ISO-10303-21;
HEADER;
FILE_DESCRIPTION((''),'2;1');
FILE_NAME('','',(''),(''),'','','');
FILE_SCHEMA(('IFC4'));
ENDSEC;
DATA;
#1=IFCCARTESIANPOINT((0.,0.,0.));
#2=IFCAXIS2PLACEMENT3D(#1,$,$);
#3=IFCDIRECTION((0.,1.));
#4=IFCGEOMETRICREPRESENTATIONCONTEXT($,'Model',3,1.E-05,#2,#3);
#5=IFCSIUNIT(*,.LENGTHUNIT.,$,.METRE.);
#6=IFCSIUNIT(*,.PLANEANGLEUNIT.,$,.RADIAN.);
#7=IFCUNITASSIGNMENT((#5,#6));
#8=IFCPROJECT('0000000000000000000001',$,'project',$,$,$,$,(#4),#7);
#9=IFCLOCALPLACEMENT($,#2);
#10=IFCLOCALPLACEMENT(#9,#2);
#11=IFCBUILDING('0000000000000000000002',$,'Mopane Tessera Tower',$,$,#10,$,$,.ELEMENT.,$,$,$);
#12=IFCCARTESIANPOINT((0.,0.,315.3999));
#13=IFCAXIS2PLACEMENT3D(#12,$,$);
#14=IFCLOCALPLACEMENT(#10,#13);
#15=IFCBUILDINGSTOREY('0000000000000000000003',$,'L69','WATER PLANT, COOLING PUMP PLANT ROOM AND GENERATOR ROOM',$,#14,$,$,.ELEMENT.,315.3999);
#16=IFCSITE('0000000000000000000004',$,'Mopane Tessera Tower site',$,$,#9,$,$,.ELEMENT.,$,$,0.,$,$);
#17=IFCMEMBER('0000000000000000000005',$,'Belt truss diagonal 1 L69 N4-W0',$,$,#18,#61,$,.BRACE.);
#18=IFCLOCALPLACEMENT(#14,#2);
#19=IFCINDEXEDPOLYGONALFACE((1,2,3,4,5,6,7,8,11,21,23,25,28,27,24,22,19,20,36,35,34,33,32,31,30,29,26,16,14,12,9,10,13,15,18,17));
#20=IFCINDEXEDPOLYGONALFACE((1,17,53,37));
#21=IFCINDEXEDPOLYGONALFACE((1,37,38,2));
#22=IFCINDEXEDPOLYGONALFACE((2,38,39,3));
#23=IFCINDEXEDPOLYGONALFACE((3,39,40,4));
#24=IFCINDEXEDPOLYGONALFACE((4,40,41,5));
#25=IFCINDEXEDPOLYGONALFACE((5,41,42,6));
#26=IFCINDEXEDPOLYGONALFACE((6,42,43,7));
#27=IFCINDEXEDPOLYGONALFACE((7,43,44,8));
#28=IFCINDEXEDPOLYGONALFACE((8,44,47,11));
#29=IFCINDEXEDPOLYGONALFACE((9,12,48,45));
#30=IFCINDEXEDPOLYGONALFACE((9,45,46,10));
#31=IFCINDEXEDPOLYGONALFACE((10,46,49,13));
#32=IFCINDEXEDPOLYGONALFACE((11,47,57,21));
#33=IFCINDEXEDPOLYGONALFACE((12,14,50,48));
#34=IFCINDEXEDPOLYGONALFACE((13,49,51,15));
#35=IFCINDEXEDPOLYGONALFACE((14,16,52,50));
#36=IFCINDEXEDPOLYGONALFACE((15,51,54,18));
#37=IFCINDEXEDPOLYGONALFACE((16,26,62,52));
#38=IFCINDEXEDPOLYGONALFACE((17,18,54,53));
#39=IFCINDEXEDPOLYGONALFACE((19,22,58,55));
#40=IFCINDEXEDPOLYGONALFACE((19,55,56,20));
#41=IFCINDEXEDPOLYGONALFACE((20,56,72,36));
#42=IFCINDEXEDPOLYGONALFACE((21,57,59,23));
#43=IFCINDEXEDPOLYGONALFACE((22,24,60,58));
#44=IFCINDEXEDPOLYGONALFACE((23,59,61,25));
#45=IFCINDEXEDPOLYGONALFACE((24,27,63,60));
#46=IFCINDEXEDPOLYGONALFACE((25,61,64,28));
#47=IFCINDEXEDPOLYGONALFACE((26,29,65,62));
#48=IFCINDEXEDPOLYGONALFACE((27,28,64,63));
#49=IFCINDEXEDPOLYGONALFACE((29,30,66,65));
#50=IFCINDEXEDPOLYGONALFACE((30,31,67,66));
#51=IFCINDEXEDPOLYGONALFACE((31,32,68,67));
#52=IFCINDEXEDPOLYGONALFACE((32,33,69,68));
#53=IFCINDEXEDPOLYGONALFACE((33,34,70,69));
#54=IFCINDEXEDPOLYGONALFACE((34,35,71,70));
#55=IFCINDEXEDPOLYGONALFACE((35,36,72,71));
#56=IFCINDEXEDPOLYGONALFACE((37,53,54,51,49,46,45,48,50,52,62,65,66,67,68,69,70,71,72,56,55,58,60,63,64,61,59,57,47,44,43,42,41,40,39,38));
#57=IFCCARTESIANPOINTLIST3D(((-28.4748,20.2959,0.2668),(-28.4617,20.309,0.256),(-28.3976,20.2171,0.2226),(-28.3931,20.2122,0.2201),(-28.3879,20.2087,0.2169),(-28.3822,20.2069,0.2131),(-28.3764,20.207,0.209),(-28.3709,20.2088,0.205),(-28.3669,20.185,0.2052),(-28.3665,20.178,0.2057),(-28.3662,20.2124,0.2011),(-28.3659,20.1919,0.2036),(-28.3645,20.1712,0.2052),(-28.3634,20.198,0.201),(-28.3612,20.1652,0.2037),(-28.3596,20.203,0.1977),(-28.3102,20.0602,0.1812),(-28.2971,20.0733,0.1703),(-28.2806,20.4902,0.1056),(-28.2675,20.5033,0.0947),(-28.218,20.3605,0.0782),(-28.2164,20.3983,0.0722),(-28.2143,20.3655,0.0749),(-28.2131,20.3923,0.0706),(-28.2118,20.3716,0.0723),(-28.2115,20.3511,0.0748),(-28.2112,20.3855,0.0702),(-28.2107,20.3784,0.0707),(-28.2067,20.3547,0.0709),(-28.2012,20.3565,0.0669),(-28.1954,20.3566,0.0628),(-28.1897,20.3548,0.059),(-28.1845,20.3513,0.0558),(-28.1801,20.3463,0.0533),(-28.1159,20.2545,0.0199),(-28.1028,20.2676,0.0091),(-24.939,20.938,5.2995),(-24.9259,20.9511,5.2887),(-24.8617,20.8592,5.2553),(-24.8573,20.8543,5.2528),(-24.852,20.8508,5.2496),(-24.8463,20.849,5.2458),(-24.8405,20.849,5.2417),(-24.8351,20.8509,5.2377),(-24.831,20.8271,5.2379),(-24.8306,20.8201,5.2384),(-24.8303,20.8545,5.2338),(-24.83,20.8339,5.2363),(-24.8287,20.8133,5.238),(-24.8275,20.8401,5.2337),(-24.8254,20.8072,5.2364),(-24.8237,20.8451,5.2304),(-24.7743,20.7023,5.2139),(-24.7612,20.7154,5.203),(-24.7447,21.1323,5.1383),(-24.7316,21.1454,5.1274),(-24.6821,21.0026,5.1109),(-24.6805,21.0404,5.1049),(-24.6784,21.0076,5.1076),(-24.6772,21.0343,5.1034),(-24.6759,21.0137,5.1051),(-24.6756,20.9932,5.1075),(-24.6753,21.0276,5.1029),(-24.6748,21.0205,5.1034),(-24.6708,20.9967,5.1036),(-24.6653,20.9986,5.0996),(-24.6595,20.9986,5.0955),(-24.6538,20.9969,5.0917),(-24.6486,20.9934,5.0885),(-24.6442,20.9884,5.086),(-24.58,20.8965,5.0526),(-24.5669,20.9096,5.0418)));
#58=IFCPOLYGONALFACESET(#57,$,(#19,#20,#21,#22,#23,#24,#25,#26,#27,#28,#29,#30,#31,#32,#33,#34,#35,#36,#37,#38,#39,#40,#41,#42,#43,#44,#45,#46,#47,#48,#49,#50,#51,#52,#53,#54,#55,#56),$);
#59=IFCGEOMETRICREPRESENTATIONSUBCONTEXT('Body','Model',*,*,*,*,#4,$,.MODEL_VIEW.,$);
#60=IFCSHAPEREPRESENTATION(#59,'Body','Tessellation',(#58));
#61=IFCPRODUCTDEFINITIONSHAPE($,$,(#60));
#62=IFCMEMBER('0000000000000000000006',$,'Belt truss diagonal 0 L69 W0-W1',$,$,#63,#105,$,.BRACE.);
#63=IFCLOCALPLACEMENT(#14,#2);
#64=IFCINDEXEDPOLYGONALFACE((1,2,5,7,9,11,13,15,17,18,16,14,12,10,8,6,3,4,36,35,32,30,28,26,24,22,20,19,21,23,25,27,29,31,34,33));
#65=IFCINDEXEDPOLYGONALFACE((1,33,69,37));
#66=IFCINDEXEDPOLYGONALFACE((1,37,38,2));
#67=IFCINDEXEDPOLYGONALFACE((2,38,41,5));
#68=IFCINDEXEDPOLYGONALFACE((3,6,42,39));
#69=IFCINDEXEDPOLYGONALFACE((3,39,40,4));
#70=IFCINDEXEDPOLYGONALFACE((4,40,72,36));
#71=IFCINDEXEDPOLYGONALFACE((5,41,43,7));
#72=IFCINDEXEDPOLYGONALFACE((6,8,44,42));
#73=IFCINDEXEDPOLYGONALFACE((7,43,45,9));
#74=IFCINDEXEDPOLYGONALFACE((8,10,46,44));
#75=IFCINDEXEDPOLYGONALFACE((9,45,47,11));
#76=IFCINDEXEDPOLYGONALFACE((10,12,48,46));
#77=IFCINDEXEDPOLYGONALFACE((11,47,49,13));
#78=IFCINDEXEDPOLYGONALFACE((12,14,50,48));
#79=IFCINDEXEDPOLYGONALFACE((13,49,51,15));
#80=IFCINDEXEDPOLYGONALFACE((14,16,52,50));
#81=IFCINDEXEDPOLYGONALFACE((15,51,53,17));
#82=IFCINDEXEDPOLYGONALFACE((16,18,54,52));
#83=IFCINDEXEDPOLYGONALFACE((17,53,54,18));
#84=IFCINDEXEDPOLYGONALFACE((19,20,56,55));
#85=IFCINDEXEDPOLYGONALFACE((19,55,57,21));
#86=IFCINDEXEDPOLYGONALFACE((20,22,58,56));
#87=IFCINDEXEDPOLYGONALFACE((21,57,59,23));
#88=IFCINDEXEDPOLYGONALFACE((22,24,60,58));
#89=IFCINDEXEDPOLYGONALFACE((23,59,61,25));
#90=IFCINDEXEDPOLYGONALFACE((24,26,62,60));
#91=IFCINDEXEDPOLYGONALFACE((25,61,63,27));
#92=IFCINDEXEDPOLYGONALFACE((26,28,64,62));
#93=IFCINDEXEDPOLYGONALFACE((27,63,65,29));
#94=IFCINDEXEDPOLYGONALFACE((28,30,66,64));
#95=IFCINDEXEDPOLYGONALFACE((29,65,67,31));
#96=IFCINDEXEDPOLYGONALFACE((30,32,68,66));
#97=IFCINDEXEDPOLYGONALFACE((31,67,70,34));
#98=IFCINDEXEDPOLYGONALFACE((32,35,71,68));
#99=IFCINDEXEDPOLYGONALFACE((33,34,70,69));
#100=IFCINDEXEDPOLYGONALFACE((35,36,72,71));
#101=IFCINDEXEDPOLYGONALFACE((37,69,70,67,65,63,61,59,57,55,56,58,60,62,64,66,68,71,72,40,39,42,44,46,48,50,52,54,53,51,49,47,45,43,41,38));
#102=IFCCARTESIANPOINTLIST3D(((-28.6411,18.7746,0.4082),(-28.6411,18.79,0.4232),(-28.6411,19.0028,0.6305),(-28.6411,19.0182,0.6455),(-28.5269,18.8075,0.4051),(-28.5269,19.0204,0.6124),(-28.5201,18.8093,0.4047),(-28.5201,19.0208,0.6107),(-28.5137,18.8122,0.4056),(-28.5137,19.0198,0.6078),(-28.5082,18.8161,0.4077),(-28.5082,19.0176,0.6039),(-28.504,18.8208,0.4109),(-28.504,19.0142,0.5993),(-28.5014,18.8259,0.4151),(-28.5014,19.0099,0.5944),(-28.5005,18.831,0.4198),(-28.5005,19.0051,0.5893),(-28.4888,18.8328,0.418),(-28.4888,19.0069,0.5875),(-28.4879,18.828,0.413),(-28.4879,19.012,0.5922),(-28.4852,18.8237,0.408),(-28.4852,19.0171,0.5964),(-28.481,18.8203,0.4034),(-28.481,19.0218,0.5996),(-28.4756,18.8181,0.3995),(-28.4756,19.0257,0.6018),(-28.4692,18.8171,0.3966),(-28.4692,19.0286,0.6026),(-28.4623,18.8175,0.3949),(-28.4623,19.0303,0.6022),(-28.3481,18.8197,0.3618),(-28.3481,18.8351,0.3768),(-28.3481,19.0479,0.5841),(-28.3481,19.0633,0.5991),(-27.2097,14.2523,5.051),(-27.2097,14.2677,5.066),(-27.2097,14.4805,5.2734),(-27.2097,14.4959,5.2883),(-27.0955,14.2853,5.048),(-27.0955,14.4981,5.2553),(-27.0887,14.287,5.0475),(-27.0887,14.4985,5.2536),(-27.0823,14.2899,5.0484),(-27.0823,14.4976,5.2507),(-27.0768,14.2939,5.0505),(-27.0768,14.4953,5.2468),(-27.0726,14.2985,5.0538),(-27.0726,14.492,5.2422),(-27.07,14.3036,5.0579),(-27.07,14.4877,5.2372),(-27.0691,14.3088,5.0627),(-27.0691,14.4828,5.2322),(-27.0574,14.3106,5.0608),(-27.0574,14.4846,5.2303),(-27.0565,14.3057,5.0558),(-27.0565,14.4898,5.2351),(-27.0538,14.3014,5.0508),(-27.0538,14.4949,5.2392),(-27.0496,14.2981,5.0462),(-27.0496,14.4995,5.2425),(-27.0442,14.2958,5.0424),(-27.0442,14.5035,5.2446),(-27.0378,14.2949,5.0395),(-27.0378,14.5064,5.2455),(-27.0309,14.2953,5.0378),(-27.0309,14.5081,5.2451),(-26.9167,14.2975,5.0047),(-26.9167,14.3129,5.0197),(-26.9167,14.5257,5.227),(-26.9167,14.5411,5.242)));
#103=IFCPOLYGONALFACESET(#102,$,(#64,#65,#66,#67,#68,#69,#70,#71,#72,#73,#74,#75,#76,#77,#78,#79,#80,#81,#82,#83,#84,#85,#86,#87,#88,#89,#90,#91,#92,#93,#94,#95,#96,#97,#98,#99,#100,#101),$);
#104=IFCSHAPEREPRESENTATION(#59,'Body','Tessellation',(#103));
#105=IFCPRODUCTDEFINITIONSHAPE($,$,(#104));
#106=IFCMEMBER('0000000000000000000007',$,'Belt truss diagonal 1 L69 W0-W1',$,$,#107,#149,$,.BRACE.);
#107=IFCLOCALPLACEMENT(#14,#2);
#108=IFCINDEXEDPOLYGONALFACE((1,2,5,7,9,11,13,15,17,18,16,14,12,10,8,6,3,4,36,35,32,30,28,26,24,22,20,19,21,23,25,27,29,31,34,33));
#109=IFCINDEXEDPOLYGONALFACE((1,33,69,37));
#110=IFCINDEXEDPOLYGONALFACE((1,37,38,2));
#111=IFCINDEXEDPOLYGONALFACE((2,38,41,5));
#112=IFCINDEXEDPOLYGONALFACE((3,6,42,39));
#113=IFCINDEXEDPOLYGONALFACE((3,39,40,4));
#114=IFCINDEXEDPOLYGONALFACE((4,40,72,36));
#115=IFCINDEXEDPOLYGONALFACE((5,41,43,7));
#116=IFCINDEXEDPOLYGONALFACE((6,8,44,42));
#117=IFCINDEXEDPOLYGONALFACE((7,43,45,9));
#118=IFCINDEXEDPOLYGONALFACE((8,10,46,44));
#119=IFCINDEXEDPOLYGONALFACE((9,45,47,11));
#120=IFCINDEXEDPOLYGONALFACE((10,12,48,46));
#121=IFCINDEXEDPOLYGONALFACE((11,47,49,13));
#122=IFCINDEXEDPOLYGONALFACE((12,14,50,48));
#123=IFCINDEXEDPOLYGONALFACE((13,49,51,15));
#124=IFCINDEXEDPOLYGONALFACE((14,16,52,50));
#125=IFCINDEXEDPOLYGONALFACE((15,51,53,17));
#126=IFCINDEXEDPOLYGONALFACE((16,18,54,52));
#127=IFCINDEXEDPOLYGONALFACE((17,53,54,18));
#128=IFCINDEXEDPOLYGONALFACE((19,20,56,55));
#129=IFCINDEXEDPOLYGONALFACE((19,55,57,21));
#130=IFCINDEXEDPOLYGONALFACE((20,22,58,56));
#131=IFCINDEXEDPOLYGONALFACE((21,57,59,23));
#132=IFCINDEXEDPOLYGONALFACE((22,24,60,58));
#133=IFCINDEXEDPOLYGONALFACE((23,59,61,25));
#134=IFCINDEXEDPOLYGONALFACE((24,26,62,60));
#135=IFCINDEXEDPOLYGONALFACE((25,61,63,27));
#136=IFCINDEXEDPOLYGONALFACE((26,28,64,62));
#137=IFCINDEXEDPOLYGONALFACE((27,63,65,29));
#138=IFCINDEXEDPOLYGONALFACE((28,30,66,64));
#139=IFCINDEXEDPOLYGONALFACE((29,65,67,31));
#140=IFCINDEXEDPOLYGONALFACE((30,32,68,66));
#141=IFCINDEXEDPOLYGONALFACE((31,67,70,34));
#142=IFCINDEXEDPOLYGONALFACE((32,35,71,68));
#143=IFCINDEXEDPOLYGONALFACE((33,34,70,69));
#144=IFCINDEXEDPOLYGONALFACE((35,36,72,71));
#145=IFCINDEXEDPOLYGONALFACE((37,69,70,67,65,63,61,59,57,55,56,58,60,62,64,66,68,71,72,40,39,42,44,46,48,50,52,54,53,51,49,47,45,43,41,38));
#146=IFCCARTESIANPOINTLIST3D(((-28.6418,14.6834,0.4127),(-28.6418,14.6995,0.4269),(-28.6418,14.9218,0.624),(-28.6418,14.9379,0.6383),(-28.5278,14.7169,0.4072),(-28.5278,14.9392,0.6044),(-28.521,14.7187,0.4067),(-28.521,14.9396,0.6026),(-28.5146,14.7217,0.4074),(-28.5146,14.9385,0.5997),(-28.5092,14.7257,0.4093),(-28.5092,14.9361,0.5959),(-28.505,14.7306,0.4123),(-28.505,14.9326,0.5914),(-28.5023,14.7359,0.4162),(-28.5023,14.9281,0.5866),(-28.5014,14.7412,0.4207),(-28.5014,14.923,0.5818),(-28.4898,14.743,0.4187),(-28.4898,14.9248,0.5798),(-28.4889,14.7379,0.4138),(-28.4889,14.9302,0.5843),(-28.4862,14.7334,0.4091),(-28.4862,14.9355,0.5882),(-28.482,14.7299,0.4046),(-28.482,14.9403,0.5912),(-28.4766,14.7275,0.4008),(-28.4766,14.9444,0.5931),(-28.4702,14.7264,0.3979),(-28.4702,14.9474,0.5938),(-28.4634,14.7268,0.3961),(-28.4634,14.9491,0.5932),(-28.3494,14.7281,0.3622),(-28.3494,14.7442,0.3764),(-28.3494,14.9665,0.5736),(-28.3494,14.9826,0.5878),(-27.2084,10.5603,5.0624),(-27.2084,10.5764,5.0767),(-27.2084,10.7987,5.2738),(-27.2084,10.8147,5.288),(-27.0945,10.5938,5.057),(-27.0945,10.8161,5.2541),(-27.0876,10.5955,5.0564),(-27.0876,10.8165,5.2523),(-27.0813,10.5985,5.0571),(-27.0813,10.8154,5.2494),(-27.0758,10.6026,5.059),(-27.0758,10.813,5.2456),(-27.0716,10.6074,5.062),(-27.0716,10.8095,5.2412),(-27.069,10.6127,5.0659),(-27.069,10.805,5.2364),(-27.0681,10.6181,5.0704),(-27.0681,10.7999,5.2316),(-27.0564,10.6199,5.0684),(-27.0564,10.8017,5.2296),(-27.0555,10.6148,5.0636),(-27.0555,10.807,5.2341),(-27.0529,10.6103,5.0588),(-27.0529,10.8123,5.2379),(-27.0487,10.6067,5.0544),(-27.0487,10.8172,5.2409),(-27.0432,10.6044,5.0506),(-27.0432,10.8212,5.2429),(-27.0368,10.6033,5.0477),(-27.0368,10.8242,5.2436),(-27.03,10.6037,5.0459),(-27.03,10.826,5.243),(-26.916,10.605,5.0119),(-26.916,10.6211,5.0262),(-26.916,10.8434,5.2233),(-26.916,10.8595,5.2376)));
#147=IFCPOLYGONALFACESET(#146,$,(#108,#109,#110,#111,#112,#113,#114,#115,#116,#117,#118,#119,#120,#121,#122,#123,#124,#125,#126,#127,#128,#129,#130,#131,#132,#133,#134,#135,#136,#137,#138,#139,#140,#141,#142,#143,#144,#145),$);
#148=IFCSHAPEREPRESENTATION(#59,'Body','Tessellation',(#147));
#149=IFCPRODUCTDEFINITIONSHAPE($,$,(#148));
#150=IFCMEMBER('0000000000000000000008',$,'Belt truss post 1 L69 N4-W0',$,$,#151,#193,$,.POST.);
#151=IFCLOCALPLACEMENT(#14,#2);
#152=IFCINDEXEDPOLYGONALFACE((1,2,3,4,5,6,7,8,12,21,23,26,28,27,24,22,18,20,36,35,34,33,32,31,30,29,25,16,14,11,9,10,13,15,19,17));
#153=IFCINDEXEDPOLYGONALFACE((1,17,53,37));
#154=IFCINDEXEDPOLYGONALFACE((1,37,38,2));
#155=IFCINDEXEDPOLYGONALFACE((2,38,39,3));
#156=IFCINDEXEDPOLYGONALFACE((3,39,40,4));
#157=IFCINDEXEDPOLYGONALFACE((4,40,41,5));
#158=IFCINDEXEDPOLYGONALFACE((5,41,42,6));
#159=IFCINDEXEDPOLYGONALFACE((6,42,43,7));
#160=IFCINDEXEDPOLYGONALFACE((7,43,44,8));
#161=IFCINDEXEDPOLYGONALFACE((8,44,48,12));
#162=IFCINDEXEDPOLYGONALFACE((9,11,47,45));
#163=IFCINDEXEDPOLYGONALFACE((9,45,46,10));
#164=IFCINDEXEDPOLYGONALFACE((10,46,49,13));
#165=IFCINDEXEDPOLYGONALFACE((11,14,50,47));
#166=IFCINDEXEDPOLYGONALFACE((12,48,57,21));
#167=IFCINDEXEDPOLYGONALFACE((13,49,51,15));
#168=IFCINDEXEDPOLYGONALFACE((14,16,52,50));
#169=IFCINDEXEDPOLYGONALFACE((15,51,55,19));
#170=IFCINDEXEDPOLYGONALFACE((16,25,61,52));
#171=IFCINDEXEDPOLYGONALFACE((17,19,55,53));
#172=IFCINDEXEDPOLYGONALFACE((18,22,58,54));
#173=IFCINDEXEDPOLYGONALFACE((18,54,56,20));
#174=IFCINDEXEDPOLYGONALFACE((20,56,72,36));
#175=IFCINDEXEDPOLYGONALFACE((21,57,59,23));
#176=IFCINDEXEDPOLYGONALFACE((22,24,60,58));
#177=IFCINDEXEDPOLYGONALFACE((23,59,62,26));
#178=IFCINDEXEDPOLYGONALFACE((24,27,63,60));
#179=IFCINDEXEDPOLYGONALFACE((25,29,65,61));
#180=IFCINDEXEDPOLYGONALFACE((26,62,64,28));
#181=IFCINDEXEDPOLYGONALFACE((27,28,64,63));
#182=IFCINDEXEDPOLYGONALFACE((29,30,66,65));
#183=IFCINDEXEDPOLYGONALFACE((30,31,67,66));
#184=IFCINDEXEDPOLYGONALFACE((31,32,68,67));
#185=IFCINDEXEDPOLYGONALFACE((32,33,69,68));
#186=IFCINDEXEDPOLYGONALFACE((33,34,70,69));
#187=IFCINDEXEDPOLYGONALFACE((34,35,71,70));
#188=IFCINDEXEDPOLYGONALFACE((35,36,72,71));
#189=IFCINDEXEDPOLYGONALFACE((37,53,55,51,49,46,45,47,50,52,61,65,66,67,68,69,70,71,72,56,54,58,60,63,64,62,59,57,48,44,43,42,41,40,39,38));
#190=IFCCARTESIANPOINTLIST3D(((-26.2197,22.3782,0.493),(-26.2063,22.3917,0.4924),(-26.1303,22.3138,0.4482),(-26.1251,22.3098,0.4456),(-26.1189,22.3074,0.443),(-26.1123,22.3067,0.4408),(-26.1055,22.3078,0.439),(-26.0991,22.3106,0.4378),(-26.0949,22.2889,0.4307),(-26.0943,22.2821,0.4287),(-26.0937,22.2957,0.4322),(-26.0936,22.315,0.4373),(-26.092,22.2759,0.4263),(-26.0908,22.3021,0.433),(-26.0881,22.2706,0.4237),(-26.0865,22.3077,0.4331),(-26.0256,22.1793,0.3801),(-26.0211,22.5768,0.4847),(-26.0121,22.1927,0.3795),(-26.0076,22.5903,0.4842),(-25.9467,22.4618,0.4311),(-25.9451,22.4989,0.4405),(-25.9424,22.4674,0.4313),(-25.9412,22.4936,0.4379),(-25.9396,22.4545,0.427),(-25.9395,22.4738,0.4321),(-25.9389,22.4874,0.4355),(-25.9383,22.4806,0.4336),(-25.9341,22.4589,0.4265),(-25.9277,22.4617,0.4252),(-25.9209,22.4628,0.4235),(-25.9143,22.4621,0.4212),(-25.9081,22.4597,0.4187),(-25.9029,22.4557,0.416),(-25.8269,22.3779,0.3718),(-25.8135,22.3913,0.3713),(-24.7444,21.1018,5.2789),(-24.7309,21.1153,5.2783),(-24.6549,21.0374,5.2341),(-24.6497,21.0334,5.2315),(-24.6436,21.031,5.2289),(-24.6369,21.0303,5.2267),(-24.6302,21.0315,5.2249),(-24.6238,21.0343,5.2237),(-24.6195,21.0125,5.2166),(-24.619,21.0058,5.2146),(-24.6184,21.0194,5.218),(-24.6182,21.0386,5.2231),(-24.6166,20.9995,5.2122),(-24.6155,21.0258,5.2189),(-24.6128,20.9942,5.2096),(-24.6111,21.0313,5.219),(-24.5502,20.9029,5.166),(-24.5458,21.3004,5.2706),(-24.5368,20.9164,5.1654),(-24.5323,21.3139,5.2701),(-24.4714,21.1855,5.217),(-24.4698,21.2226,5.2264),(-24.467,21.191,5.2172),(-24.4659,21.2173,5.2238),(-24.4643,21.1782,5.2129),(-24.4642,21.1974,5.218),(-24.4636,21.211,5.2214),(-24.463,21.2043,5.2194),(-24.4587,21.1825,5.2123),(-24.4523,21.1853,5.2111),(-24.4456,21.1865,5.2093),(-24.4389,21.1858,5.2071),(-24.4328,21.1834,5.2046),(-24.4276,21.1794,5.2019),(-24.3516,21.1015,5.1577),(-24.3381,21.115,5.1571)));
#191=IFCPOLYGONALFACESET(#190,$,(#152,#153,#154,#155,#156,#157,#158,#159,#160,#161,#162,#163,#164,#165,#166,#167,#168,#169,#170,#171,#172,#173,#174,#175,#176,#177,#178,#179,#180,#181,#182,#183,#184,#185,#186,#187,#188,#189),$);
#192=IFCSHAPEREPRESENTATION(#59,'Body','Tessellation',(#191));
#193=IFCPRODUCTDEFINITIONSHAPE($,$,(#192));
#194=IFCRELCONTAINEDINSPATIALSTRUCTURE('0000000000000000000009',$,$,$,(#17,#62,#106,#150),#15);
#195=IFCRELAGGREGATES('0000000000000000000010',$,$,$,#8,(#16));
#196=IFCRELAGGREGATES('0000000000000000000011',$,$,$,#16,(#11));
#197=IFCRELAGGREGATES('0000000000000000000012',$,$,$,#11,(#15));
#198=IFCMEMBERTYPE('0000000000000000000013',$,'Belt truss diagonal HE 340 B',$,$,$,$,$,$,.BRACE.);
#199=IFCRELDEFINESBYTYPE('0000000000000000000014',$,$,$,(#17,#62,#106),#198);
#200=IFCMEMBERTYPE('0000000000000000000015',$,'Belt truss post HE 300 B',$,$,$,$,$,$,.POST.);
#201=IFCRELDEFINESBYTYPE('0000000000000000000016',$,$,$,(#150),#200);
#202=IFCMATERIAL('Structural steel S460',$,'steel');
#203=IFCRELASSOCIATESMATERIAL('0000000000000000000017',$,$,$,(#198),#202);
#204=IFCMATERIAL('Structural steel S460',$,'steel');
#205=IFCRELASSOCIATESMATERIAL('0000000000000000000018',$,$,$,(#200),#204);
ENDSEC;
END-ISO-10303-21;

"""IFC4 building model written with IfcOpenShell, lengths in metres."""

from ifc_helpers import new_model, si_unit, direction, frame, origin, origin_2d, place, context, subcontext, project, spatial, i_section, extrude, material, material_profile, profile_set, type_object, element, save


model = new_model("IFC4")

# Units and contexts
model_context = context("Model", 3, precision=1e-05, world=origin(), true_north=direction((0.0, 1.0)))
body_context = subcontext(model_context, "Body", "Model", "MODEL_VIEW")
ifc_project = project(units=[si_unit("LENGTHUNIT", "METRE"), si_unit("PLANEANGLEUNIT", "RADIAN")], contexts=[model_context])

# Site, building, storey
site_placement = place(None, origin())
site = spatial("IfcSite", under=ifc_project, at=site_placement, Name="Mopane Tessera Tower site", CompositionType="ELEMENT", RefElevation=0.0)
building_placement = place(site_placement, origin())
building = spatial("IfcBuilding", under=site, at=building_placement, Name="Mopane Tessera Tower", CompositionType="ELEMENT")
storey_placement = place(building_placement, frame((0.0, 0.0, 315.3999)))
storey = spatial("IfcBuildingStorey", under=building, at=storey_placement, Name="L69", Description="WATER PLANT, COOLING PUMP PLANT ROOM AND GENERATOR ROOM", CompositionType="ELEMENT", Elevation=315.3999)

# Members
ifc_material_1 = material(Name="Structural steel S460", Category="steel")
ifc_material_profile_1 = material_profile(ifc_material_1, i_section(OverallWidth=0.3, OverallDepth=0.3401, WebThickness=0.012, FlangeThickness=0.0215, FilletRadius=0.0271, at=origin_2d()))
ifc_profile_set_1 = profile_set([ifc_material_profile_1], Name="Structural steel S460")
member_type_1 = type_object("IfcMemberType", Name="Belt truss diagonal HE 340 B", PredefinedType="BRACE", material=ifc_profile_set_1)
member_1_placement = place(storey_placement, frame((-24.7529, 20.9238, 5.1707), z_axis=(-0.571772, -0.103829, -0.813816), x_axis=(0.548845, -0.785707, -0.285365)))
element("IfcMember", 1, at=member_1_placement, inside=storey, type_object=member_type_1, Name="Belt truss diagonal 1 L69 N4-W0", PredefinedType="BRACE", context=body_context, shape_type="SweptSolid", body=[
    extrude(i_section(OverallWidth=0.3, OverallDepth=0.3401, WebThickness=0.012, FlangeThickness=0.0215, FilletRadius=0.0271, at=origin_2d()), origin(), (0.0, 0.0, 1.0), 6.1841),
])
member_2_placement = place(storey_placement, frame((-28.4946, 18.9189, 0.5037), z_axis=(0.215656, -0.681323, 0.699494), x_axis=(0.976469, 0.150469, -0.154488)))
element("IfcMember", 2, at=member_2_placement, inside=storey, type_object=member_type_1, Name="Belt truss diagonal 0 L69 W0-W1", PredefinedType="BRACE", context=body_context, shape_type="SweptSolid", body=[
    extrude(i_section(OverallWidth=0.3, OverallDepth=0.3401, WebThickness=0.012, FlangeThickness=0.0215, FilletRadius=0.0271, at=origin_2d()), origin(), (0.0, 0.0, 1.0), 6.6375),
])
member_3_placement = place(storey_placement, frame((-28.4956, 14.833, 0.5002), z_axis=(0.224749, -0.646492, 0.729065), x_axis=(0.974417, 0.149082, -0.168186)))
element("IfcMember", 3, at=member_3_placement, inside=storey, type_object=member_type_1, Name="Belt truss diagonal 1 L69 W0-W1", PredefinedType="BRACE", context=body_context, shape_type="SweptSolid", body=[
    extrude(i_section(OverallWidth=0.3, OverallDepth=0.3401, WebThickness=0.012, FlangeThickness=0.0215, FilletRadius=0.0271, at=origin_2d()), origin(), (0.0, 0.0, 1.0), 6.3777),
])
ifc_material_2 = material(Name="Structural steel S460", Category="steel")
ifc_material_profile_2 = material_profile(ifc_material_2, i_section(OverallWidth=0.3, OverallDepth=0.3, WebThickness=0.011, FlangeThickness=0.019, FilletRadius=0.0271, at=origin_2d()))
ifc_profile_set_2 = profile_set([ifc_material_profile_2], Name="Structural steel S460")
member_type_2 = type_object("IfcMemberType", Name="Belt truss post HE 300 B", PredefinedType="POST", material=ifc_profile_set_2)
member_4_placement = place(storey_placement, frame((-26.0166, 22.3848, 0.4321), z_axis=(0.285464, -0.246965, 0.926023), x_axis=(0.647193, -0.662967, -0.376319)))
element("IfcMember", 4, at=member_4_placement, inside=storey, type_object=member_type_2, Name="Belt truss post 1 L69 N4-W0", PredefinedType="POST", context=body_context, shape_type="SweptSolid", body=[
    extrude(i_section(OverallWidth=0.3, OverallDepth=0.3, WebThickness=0.011, FlangeThickness=0.019, FilletRadius=0.0271, at=origin_2d()), origin(), (0.0, 0.0, 1.0), 5.1682),
])

save(model, "model.ifc")
